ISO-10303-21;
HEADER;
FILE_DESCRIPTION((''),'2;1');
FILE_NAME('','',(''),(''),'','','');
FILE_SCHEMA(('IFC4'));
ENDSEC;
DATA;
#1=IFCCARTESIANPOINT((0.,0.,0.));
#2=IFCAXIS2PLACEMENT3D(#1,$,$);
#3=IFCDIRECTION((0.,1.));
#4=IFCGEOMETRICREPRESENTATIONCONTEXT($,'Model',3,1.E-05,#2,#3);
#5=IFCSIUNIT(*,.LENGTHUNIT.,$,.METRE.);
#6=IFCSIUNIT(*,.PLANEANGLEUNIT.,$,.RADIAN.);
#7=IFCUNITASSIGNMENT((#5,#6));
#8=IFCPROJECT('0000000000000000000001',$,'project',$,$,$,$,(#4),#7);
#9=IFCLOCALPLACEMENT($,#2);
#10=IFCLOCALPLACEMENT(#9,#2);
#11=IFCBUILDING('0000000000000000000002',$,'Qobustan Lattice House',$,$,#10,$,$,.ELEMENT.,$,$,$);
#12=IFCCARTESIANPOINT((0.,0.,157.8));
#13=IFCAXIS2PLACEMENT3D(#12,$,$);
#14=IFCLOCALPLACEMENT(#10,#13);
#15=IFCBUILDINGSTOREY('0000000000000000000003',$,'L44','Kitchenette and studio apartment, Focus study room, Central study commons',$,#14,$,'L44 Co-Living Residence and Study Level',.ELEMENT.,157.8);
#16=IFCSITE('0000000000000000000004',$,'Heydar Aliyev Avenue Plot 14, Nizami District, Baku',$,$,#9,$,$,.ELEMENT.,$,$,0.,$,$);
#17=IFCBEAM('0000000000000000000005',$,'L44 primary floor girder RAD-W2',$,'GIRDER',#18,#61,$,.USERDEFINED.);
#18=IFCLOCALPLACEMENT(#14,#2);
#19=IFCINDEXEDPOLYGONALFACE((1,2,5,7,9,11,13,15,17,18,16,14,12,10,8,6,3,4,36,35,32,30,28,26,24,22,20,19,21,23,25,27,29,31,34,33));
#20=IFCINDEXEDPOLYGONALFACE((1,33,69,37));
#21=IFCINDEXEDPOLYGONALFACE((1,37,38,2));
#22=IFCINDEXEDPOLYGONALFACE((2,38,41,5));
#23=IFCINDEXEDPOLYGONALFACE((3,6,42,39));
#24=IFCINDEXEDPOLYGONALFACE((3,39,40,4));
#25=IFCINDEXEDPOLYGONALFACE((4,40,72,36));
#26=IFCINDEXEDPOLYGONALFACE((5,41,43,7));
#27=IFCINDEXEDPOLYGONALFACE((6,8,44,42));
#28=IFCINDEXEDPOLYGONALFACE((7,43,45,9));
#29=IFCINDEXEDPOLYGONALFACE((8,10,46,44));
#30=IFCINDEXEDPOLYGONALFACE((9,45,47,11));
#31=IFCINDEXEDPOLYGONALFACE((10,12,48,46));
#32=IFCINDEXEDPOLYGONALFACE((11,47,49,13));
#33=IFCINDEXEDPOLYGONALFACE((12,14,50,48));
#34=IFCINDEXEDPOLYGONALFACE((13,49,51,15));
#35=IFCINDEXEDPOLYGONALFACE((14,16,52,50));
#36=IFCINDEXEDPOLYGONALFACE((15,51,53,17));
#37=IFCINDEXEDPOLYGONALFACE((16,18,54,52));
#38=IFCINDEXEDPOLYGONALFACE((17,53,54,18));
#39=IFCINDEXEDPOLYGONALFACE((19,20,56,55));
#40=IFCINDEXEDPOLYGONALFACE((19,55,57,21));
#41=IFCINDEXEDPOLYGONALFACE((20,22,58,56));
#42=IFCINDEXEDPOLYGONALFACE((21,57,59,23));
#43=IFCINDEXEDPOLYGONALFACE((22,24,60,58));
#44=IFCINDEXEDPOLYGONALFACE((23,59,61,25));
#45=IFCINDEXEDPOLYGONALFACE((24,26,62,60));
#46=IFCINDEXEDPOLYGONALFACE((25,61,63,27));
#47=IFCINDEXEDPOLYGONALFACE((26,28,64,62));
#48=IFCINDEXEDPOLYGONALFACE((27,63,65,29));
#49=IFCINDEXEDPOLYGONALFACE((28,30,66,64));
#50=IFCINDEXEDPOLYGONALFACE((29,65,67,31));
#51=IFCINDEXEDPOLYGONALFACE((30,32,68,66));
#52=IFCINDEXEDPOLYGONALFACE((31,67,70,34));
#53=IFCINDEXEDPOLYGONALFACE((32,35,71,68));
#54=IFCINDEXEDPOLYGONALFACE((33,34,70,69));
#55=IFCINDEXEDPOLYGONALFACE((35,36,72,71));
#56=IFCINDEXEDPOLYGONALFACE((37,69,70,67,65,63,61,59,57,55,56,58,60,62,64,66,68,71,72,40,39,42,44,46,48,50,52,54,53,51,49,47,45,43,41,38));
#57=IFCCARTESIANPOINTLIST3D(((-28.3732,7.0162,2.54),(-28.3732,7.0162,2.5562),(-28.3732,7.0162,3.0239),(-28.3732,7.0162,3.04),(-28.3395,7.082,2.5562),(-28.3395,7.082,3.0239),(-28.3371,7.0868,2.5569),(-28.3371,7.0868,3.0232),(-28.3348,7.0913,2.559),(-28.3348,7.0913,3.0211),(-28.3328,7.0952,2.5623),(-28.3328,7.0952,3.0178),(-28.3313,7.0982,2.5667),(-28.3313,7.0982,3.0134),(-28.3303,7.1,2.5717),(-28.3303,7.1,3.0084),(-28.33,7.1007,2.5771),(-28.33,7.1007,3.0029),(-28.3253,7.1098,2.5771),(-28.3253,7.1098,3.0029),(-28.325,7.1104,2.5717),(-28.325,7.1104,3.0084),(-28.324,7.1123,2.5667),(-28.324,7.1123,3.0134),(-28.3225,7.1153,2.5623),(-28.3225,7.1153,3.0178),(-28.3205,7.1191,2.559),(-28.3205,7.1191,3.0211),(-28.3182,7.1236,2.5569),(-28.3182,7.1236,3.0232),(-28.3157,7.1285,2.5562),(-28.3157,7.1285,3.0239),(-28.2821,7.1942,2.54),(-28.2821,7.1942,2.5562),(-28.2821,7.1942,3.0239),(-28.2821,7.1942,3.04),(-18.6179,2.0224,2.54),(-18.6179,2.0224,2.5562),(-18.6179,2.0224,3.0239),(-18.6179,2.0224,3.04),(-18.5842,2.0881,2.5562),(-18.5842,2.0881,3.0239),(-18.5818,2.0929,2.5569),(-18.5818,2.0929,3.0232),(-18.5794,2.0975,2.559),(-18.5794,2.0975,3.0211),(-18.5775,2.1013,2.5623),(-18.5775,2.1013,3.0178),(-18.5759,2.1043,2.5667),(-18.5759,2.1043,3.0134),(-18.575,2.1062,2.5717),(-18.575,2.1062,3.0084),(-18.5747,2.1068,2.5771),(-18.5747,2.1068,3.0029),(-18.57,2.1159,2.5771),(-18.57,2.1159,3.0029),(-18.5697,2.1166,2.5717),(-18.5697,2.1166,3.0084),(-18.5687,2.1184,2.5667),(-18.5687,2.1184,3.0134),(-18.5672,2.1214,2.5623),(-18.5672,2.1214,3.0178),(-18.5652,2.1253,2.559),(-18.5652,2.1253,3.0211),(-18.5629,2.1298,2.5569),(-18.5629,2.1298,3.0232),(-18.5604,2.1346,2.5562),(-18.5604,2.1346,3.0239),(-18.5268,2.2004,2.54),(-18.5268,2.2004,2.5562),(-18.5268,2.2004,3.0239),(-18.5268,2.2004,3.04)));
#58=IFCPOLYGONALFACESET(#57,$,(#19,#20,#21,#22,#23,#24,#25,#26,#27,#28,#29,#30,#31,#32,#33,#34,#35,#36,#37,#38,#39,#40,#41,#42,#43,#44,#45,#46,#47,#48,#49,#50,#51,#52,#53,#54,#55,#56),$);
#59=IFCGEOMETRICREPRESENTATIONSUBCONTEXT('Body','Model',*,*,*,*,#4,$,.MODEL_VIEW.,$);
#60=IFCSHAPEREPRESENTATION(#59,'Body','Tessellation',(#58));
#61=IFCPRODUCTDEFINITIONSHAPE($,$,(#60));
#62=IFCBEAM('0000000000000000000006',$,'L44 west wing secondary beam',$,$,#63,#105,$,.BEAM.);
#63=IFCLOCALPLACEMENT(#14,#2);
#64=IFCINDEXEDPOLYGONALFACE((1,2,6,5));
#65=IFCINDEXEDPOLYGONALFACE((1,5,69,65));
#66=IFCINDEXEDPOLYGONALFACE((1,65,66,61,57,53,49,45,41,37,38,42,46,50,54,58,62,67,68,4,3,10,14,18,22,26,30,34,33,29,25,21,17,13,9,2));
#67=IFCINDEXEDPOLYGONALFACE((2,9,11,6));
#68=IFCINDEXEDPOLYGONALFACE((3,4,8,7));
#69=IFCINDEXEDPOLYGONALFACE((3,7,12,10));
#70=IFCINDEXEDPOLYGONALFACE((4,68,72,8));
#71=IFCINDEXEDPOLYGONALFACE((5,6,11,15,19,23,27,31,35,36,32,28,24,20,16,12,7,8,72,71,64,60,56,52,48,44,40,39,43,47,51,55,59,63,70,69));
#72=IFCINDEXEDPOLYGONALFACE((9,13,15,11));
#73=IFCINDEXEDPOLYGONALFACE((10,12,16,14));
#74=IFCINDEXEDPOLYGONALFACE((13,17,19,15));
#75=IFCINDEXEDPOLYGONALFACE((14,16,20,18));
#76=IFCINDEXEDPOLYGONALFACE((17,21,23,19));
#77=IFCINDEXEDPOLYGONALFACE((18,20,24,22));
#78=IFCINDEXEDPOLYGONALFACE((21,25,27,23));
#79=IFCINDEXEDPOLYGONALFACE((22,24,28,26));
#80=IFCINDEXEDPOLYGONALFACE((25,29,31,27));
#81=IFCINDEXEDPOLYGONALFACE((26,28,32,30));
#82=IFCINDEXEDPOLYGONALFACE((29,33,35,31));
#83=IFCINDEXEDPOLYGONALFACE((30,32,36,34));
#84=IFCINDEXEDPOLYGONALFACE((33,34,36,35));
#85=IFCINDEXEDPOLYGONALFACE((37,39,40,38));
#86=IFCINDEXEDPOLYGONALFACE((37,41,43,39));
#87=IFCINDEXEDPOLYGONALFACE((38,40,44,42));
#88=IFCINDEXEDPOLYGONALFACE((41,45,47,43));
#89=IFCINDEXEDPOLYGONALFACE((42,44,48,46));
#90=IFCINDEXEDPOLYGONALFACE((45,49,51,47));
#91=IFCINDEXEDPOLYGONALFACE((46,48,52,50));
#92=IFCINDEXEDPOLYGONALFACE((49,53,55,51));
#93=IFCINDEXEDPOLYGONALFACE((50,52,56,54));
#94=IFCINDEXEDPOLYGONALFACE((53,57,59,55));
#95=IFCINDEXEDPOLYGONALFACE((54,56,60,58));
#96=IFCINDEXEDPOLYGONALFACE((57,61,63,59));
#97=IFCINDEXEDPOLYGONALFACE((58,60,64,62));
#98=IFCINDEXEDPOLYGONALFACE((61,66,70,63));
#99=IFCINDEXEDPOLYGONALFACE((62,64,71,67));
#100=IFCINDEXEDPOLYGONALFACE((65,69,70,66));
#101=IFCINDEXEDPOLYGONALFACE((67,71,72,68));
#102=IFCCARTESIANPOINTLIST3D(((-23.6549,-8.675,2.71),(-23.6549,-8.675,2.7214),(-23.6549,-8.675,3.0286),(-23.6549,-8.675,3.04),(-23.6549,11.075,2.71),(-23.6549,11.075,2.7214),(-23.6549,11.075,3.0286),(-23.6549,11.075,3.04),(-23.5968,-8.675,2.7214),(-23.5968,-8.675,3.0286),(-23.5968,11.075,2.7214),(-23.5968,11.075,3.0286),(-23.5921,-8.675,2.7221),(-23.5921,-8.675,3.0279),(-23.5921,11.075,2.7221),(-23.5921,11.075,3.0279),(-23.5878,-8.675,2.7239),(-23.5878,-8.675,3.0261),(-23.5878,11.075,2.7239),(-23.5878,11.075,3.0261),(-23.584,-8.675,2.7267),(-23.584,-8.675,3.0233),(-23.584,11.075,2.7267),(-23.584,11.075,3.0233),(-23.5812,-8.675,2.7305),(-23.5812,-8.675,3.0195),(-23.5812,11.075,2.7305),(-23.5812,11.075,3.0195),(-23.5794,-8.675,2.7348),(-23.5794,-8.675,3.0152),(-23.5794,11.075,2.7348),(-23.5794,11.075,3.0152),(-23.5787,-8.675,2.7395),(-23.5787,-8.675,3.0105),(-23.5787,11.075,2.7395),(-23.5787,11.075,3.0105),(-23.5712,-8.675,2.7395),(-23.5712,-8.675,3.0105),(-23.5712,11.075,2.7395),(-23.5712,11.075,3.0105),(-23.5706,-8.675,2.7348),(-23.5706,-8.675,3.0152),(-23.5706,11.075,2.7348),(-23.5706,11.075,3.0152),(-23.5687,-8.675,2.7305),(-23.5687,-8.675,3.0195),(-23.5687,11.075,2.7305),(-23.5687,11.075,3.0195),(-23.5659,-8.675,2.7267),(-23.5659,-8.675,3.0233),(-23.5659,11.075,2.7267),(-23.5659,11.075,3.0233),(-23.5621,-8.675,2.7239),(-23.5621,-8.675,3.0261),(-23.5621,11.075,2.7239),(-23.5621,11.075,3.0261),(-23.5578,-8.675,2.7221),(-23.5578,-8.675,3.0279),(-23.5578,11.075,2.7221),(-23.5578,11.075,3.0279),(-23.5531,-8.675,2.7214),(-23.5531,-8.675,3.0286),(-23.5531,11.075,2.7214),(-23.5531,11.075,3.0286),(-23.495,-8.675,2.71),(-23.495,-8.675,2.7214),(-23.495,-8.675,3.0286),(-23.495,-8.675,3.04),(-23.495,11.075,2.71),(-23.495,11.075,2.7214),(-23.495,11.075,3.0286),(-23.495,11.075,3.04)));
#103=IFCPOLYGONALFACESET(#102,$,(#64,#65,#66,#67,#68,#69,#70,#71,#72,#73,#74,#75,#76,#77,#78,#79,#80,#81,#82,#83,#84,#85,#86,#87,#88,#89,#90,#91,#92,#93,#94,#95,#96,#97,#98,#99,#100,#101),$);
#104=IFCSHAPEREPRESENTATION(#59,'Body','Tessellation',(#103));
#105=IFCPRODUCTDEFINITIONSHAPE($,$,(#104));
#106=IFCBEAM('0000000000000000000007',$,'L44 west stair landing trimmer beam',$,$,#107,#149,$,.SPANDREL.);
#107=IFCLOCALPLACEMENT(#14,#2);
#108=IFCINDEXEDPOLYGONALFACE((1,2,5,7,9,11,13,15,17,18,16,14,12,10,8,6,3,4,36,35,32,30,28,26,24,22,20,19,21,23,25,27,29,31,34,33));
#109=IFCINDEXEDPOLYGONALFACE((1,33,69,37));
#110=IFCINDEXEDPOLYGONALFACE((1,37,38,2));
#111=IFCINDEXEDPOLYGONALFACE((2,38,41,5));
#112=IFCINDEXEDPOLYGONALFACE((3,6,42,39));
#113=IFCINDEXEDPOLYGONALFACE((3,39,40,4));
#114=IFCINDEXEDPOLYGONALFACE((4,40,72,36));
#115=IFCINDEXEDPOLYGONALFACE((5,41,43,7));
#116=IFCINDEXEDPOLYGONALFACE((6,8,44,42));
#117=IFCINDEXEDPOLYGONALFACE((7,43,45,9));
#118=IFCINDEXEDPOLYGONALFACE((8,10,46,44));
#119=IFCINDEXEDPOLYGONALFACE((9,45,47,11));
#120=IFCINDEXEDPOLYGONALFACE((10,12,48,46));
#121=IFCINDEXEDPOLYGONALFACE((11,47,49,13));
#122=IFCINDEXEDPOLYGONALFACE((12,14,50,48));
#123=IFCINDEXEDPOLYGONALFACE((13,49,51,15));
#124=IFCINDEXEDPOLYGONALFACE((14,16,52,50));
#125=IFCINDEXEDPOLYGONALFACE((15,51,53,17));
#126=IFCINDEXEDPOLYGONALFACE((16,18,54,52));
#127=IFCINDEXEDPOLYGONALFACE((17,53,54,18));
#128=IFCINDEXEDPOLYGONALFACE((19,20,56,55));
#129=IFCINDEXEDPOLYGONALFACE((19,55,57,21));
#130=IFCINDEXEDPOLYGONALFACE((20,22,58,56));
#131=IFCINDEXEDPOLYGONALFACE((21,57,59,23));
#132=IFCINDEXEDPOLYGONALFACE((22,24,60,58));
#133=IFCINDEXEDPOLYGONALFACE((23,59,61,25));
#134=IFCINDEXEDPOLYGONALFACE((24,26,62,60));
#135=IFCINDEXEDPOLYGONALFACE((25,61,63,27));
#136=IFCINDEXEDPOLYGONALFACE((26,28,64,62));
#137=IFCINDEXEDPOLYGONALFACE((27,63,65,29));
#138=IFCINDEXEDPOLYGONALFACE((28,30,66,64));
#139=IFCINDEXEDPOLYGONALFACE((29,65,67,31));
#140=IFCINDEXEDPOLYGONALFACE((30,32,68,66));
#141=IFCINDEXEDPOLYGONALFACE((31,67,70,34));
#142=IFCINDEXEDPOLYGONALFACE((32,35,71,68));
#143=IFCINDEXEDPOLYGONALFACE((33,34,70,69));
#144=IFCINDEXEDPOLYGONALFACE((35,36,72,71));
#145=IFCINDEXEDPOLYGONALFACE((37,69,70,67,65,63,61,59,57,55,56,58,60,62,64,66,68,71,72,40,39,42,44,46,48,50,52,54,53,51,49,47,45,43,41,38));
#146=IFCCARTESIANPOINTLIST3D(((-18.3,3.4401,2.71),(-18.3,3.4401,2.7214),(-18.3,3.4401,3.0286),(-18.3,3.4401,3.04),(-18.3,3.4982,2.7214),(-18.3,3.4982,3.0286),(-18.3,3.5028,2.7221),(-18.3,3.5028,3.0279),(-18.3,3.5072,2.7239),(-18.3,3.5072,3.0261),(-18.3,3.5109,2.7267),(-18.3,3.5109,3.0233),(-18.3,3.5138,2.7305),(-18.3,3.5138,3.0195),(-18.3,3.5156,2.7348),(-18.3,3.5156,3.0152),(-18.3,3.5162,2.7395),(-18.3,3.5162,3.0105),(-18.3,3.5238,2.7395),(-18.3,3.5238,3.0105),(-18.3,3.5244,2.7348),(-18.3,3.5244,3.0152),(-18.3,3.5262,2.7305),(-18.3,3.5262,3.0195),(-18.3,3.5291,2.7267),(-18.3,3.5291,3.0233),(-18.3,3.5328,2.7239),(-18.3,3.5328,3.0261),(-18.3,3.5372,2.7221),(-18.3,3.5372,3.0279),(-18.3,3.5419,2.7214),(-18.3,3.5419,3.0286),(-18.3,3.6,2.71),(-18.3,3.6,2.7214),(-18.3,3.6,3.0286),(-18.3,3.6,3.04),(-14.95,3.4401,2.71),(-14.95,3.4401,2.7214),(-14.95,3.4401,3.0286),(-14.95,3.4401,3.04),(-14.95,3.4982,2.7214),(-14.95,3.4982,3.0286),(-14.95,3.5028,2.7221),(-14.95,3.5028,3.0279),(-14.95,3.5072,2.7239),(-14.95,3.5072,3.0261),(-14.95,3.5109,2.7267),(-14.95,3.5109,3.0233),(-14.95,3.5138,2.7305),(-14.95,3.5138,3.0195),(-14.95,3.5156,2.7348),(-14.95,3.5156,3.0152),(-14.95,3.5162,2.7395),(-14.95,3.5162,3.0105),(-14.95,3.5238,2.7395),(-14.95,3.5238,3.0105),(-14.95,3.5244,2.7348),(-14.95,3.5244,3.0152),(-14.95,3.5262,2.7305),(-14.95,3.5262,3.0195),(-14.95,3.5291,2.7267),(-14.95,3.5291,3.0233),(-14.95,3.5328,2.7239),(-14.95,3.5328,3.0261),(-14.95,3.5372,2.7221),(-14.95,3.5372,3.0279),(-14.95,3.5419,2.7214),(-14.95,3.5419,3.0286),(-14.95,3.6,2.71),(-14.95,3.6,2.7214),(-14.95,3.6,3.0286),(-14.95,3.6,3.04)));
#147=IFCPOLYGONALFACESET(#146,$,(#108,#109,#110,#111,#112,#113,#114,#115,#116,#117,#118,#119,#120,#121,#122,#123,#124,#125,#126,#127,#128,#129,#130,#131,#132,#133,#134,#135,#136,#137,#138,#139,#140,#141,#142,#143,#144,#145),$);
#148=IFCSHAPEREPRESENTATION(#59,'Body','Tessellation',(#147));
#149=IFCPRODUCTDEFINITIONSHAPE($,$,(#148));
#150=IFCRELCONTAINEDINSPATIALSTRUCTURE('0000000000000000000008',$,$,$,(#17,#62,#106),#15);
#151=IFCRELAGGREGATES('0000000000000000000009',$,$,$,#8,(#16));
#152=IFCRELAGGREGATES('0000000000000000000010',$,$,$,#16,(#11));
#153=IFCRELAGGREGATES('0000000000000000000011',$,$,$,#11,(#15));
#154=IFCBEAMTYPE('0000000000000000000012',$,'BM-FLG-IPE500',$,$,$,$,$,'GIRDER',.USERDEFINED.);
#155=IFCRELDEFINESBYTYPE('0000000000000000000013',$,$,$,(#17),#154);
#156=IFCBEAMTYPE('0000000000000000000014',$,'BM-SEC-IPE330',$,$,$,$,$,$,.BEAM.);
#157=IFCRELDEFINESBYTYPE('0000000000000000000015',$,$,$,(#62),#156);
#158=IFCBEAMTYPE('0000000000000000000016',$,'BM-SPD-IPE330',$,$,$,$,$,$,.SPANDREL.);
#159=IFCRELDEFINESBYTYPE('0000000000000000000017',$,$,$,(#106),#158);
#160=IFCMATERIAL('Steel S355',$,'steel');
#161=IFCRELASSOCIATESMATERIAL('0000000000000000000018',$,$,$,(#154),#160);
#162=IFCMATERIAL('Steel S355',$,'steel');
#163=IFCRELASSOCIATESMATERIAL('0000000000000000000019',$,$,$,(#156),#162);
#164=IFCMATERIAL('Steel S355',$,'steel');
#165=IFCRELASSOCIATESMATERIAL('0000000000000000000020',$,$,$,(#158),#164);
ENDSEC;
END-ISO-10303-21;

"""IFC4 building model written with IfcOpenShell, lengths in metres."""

from ifc_helpers import new_model, si_unit, direction, frame, origin, origin_2d, place, context, subcontext, project, spatial, i_section, extrude, material, material_profile, profile_set, type_object, element, save


model = new_model("IFC4")

# Units and contexts
model_context = context("Model", 3, precision=1e-05, world=origin(), true_north=direction((0.0, 1.0)))
body_context = subcontext(model_context, "Body", "Model", "MODEL_VIEW")
ifc_project = project(units=[si_unit("LENGTHUNIT", "METRE"), si_unit("PLANEANGLEUNIT", "RADIAN")], contexts=[model_context])

# Site, building, storey
site_placement = place(None, origin())
site = spatial("IfcSite", under=ifc_project, at=site_placement, Name="Heydar Aliyev Avenue Plot 14, Nizami District, Baku", CompositionType="ELEMENT", RefElevation=0.0)
building_placement = place(site_placement, origin())
building = spatial("IfcBuilding", under=site, at=building_placement, Name="Qobustan Lattice House", CompositionType="ELEMENT")
storey_placement = place(building_placement, frame((0.0, 0.0, 157.8)))
storey = spatial("IfcBuildingStorey", under=building, at=storey_placement, Name="L44", Description="Kitchenette and studio apartment, Focus study room, Central study commons", LongName="L44 Co-Living Residence and Study Level", CompositionType="ELEMENT", Elevation=157.8)

# Beams
ifc_material_1 = material(Name="Steel S355", Category="steel")
ifc_material_profile_1 = material_profile(ifc_material_1, i_section(OverallWidth=0.2, OverallDepth=0.5, WebThickness=0.0103, FlangeThickness=0.0161, FilletRadius=0.021, at=origin_2d()), Name="IPE500")
ifc_profile_set_1 = profile_set([ifc_material_profile_1], Name="Steel S355")
beam_type_1 = type_object("IfcBeamType", Name="BM-FLG-IPE500", ElementType="GIRDER", PredefinedType="USERDEFINED", material=ifc_profile_set_1)
beam_1_placement = place(storey_placement, frame((-28.3276, 7.1052, 2.79), z_axis=(0.890145, -0.455677, 0.0), x_axis=(0.455677, 0.890145, 0.0)))
element("IfcBeam", 1, at=beam_1_placement, inside=storey, type_object=beam_type_1, Name="L44 primary floor girder RAD-W2", ObjectType="GIRDER", PredefinedType="USERDEFINED", context=body_context, shape_type="SweptSolid", body=[
    extrude(i_section(OverallWidth=0.2, OverallDepth=0.5, WebThickness=0.0103, FlangeThickness=0.0161, FilletRadius=0.021, at=origin_2d()), origin(), (0.0, 0.0, 1.0), 10.9592),
])
ifc_material_2 = material(Name="Steel S355", Category="steel")
ifc_material_profile_2 = material_profile(ifc_material_2, i_section(OverallWidth=0.1599, OverallDepth=0.3301, WebThickness=0.0076, FlangeThickness=0.0115, FilletRadius=0.0181, at=origin_2d()), Name="IPE330")
ifc_profile_set_2 = profile_set([ifc_material_profile_2], Name="Steel S355")
beam_type_2 = type_object("IfcBeamType", Name="BM-SEC-IPE330", PredefinedType="BEAM", material=ifc_profile_set_2)
beam_2_placement = place(storey_placement, frame((-23.575, 11.075, 2.875), z_axis=(0.0, -1.0, 0.0), x_axis=(1.0, 0.0, 0.0)))
element("IfcBeam", 2, at=beam_2_placement, inside=storey, type_object=beam_type_2, Name="L44 west wing secondary beam", PredefinedType="BEAM", context=body_context, shape_type="SweptSolid", body=[
    extrude(i_section(OverallWidth=0.1599, OverallDepth=0.3301, WebThickness=0.0076, FlangeThickness=0.0115, FilletRadius=0.0181, at=origin_2d()), origin(), (0.0, 0.0, 1.0), 19.75),
])
ifc_material_3 = material(Name="Steel S355", Category="steel")
ifc_material_profile_3 = material_profile(ifc_material_3, i_section(OverallWidth=0.1599, OverallDepth=0.3301, WebThickness=0.0076, FlangeThickness=0.0115, FilletRadius=0.0181, at=origin_2d()), Name="IPE330")
ifc_profile_set_3 = profile_set([ifc_material_profile_3], Name="Steel S355")
beam_type_3 = type_object("IfcBeamType", Name="BM-SPD-IPE330", PredefinedType="SPANDREL", material=ifc_profile_set_3)
beam_3_placement = place(storey_placement, frame((-18.3, 3.52, 2.875), z_axis=(1.0, 0.0, 0.0), x_axis=(0.0, 1.0, 0.0)))
element("IfcBeam", 3, at=beam_3_placement, inside=storey, type_object=beam_type_3, Name="L44 west stair landing trimmer beam", PredefinedType="SPANDREL", context=body_context, shape_type="SweptSolid", body=[
    extrude(i_section(OverallWidth=0.1599, OverallDepth=0.3301, WebThickness=0.0076, FlangeThickness=0.0115, FilletRadius=0.0181, at=origin_2d()), origin(), (0.0, 0.0, 1.0), 3.3501),
])

save(model, "model.ifc")
